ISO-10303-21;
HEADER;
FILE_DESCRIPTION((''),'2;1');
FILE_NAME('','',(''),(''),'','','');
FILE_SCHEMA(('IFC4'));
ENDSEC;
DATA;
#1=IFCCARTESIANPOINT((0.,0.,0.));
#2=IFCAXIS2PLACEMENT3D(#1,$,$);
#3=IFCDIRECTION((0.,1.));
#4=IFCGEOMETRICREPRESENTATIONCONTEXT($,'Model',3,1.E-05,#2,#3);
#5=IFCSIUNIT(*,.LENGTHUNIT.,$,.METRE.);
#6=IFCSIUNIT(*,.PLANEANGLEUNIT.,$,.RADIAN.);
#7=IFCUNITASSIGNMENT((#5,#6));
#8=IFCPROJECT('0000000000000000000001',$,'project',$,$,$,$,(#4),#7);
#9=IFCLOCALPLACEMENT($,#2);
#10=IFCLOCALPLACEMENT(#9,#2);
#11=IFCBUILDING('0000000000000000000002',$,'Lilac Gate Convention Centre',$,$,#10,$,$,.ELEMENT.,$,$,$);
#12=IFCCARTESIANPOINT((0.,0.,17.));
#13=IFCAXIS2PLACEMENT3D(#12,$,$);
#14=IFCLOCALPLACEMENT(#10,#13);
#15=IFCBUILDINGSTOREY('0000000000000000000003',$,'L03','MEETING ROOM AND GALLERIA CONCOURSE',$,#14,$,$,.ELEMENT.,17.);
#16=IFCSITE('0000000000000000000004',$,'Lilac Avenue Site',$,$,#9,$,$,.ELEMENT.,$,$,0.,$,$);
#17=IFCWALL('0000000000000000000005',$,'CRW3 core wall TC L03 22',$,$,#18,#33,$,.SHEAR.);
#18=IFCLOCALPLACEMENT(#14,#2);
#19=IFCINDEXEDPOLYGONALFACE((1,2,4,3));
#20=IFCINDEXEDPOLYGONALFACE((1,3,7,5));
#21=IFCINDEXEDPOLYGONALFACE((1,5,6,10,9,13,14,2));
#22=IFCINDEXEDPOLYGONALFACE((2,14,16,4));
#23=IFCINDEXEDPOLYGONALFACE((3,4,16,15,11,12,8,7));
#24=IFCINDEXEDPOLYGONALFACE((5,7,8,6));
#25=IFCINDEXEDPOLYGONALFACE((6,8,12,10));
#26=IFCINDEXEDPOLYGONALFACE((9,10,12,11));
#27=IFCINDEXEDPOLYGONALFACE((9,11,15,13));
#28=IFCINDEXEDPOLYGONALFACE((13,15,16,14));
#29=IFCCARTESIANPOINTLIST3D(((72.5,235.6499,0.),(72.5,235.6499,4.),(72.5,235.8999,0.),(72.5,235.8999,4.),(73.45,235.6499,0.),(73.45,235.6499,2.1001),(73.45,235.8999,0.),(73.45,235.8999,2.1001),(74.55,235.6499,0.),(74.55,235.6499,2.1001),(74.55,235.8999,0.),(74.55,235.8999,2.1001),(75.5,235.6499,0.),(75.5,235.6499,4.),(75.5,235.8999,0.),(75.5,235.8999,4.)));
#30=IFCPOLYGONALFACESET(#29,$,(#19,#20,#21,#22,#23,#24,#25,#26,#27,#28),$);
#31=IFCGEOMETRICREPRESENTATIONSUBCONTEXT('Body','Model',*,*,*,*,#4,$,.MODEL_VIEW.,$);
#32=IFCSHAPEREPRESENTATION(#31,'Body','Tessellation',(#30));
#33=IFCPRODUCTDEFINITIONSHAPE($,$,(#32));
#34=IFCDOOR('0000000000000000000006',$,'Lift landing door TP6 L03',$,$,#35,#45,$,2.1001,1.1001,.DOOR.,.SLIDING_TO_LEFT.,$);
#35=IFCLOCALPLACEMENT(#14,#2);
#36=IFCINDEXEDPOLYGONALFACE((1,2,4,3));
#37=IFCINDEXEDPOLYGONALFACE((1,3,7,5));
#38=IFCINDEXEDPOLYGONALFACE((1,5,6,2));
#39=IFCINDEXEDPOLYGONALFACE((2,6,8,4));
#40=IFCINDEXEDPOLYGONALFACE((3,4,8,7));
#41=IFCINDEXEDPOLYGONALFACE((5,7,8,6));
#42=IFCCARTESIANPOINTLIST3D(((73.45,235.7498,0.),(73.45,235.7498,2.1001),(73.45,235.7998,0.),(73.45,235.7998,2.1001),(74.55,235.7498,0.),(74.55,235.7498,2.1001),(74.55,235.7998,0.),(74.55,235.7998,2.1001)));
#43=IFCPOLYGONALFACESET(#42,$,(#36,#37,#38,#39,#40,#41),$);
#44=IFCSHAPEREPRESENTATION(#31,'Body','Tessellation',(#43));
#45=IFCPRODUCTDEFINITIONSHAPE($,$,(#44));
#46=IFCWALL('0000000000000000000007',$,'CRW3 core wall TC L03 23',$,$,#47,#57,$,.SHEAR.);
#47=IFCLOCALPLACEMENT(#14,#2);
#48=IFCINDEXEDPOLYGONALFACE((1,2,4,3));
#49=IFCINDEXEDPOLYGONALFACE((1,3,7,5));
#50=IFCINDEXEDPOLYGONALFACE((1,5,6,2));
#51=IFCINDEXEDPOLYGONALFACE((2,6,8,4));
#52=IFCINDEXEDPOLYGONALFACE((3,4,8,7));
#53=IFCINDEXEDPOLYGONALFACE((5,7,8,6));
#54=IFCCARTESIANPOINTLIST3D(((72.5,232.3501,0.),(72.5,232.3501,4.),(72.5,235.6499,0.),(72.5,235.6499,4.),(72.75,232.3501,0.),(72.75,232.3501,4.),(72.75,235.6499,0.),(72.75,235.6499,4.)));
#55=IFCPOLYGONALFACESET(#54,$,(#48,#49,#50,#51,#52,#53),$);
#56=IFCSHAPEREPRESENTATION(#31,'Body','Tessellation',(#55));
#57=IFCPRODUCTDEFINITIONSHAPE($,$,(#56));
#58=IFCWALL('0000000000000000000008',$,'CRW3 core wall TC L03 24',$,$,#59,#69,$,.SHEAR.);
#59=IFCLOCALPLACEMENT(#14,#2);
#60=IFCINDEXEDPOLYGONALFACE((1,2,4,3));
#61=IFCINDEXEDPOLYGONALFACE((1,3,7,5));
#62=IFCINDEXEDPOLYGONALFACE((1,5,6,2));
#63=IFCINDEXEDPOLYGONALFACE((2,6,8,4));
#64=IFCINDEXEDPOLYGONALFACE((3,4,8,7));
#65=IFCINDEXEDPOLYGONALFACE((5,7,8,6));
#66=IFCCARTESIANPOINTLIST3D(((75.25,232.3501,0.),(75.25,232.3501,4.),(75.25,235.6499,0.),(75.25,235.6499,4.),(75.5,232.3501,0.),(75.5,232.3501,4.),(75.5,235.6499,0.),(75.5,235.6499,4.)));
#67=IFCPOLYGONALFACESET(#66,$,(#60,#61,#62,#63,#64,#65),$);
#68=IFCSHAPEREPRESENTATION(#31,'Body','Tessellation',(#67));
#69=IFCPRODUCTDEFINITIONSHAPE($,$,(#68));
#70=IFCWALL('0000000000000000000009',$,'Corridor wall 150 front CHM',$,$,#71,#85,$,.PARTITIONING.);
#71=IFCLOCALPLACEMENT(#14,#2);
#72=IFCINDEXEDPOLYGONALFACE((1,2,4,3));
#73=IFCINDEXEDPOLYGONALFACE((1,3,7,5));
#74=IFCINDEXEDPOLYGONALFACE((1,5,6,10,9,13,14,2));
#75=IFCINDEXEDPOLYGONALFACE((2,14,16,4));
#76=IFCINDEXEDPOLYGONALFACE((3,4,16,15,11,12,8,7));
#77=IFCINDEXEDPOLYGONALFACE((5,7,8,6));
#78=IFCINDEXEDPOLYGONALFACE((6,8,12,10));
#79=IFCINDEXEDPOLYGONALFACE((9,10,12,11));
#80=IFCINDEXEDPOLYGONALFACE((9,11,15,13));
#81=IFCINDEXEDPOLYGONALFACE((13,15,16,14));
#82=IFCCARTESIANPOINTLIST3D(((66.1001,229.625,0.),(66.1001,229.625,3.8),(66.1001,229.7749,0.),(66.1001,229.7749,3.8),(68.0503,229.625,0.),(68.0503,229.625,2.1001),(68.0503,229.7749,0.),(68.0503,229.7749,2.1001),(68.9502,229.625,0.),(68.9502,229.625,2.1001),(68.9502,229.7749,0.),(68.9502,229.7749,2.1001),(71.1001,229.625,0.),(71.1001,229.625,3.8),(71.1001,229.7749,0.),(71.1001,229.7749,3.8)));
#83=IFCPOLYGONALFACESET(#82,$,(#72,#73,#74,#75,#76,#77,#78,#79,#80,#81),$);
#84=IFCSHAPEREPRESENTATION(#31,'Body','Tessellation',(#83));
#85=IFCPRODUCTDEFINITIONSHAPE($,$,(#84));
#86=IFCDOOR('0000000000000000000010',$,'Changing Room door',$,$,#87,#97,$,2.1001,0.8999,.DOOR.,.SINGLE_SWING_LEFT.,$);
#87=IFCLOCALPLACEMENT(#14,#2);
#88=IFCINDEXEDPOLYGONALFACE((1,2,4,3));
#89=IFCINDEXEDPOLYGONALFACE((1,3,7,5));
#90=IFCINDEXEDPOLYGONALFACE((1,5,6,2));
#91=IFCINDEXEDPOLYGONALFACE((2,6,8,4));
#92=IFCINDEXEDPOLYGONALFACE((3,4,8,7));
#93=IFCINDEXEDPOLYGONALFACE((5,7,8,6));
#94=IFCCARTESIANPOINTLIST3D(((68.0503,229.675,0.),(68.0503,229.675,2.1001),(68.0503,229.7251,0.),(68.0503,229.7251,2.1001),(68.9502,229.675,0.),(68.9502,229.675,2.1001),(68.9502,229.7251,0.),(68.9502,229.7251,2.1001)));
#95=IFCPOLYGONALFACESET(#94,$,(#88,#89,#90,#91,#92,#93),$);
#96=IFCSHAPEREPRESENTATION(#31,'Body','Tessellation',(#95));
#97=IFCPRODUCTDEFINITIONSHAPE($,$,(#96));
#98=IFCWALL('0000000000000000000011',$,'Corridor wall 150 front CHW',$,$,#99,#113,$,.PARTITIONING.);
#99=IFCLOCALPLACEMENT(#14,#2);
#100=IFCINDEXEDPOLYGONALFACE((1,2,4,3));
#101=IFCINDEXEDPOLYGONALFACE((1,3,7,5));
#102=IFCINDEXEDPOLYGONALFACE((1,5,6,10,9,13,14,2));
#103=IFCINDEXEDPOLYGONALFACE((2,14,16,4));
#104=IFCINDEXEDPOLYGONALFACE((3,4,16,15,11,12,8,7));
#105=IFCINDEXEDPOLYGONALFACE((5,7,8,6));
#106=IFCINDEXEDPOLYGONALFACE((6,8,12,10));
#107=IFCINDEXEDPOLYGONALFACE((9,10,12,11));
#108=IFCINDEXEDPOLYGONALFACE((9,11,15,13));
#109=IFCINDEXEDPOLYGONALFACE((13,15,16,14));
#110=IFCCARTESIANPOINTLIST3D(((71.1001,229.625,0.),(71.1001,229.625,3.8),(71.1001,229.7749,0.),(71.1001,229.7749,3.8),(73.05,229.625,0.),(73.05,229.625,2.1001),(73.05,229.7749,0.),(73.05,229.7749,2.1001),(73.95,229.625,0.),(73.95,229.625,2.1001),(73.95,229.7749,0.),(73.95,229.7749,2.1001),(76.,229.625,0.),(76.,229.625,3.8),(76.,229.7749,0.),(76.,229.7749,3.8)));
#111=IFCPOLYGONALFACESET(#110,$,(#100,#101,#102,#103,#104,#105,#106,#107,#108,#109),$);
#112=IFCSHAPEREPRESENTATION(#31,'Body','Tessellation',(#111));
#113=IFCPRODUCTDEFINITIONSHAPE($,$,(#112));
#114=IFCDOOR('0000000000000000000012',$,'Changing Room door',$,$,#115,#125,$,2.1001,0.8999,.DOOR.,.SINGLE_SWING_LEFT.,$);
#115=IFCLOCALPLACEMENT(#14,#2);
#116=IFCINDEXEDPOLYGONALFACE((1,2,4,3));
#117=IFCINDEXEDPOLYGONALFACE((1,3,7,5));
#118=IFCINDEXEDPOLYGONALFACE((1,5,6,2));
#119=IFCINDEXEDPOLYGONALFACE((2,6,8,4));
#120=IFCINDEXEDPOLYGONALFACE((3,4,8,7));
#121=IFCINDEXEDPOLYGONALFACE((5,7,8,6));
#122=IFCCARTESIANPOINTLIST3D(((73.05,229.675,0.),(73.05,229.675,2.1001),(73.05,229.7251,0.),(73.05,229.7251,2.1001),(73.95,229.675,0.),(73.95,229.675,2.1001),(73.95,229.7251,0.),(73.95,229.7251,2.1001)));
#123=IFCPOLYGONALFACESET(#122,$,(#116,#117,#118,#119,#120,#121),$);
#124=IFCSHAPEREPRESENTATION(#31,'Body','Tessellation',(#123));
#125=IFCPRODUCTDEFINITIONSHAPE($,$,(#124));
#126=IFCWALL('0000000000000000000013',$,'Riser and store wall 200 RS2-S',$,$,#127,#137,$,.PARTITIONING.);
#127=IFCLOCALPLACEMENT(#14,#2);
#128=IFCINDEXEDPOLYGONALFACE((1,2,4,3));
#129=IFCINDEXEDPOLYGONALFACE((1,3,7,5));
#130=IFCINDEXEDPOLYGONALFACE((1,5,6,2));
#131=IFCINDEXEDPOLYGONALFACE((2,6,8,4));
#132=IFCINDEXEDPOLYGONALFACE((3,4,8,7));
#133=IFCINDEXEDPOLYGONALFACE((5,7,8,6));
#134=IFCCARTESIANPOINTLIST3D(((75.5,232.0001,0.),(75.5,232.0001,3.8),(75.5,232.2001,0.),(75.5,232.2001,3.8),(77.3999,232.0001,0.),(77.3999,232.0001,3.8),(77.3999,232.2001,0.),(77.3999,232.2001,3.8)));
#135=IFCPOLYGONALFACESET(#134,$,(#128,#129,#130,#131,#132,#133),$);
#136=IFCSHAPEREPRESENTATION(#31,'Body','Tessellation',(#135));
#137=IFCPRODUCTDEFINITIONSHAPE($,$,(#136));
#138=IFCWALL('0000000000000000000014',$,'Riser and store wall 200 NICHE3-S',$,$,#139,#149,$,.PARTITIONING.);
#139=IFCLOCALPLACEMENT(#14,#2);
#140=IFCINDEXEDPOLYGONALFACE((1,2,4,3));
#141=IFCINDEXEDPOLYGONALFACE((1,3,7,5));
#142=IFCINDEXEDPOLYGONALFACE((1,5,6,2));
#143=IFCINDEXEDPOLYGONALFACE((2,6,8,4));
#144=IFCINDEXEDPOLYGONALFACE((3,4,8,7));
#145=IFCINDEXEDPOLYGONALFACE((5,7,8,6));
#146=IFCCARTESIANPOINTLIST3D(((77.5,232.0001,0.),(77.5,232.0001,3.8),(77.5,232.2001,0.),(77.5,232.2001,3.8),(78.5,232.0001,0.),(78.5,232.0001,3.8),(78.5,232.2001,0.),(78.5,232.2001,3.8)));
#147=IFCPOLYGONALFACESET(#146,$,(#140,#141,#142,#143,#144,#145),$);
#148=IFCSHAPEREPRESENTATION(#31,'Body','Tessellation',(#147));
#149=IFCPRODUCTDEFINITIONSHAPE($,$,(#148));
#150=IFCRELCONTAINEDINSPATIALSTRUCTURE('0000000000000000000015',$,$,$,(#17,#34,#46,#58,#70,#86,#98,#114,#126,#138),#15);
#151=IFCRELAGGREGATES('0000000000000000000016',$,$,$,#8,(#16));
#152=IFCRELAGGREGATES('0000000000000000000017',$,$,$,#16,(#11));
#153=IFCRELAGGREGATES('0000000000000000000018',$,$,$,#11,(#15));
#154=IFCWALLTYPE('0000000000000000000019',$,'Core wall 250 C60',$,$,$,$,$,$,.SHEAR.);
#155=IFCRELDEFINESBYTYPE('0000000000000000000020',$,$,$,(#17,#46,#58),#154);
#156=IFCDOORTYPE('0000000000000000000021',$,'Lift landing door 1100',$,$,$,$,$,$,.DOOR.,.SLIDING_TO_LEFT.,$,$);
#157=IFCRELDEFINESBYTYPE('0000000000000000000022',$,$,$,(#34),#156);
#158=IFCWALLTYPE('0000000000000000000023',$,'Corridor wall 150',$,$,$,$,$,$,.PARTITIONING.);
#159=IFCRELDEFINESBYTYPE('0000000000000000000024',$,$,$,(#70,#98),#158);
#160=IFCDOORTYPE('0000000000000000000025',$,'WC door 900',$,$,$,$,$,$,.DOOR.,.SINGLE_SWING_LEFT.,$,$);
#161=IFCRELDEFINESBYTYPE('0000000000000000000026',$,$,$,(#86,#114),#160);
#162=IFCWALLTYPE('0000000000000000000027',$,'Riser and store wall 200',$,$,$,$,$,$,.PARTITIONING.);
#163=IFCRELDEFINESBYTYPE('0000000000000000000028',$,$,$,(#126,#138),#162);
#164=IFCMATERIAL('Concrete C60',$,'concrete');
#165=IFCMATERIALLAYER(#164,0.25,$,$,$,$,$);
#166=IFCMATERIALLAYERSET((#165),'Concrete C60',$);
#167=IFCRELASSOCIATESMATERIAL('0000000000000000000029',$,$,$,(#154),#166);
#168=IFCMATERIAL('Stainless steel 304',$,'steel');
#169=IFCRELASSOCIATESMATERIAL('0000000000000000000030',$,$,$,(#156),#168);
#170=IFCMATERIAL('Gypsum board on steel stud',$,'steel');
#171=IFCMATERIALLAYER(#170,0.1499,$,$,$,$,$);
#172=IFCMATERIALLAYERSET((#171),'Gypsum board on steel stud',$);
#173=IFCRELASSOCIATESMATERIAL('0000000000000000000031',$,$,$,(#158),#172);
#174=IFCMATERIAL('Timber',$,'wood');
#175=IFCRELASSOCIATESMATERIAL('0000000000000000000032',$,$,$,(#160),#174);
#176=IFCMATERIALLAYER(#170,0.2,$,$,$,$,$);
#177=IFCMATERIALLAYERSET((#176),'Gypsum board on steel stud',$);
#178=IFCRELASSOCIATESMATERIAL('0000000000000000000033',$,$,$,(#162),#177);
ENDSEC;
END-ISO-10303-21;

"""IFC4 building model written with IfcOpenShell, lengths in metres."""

from ifc_helpers import new_model, si_unit, direction, frame, frame_2d, origin, place, context, subcontext, project, spatial, rectangle, extrude, material, layer, layer_set, type_object, element, fill, save


model = new_model("IFC4")

# Units and contexts
model_context = context("Model", 3, precision=1e-05, world=origin(), true_north=direction((0.0, 1.0)))
body_context = subcontext(model_context, "Body", "Model", "MODEL_VIEW")
ifc_project = project(units=[si_unit("LENGTHUNIT", "METRE"), si_unit("PLANEANGLEUNIT", "RADIAN")], contexts=[model_context])

# Site, building, storey
site_placement = place(None, origin())
site = spatial("IfcSite", under=ifc_project, at=site_placement, Name="Lilac Avenue Site", CompositionType="ELEMENT", RefElevation=0.0)
building_placement = place(site_placement, origin())
building = spatial("IfcBuilding", under=site, at=building_placement, Name="Lilac Gate Convention Centre", CompositionType="ELEMENT")
storey_placement = place(building_placement, frame((0.0, 0.0, 17.0)))
storey = spatial("IfcBuildingStorey", under=building, at=storey_placement, Name="L03", Description="MEETING ROOM AND GALLERIA CONCOURSE", CompositionType="ELEMENT", Elevation=17.0)

# Shared definitions
ifc_material_1 = material(Name="Concrete C60", Category="concrete")
ifc_layer_1 = layer(ifc_material_1, 0.25)
ifc_layer_set_1 = layer_set([ifc_layer_1], Name="Concrete C60")
wall_type_1 = type_object("IfcWallType", Name="Core wall 250 C60", PredefinedType="SHEAR", material=ifc_layer_set_1)

# Shared definitions
ifc_material_2 = material(Name="Stainless steel 304", Category="steel")
door_type_1 = type_object("IfcDoorType", Name="Lift landing door 1100", OperationType="SLIDING_TO_LEFT", PredefinedType="DOOR", material=ifc_material_2)

# Wall, opening, door
wall_1_placement = place(storey_placement, frame((72.5, 235.7749, 0.0), z_axis=(0.0, 0.0, 1.0), x_axis=(1.0, 0.0, 0.0)))
wall_1 = element("IfcWall", 1, at=wall_1_placement, inside=storey, type_object=wall_type_1, Name="CRW3 core wall TC L03 22", PredefinedType="SHEAR", context=body_context, shape_type="SweptSolid", body=[
    extrude(rectangle(XDim=3.0, YDim=0.25, at=frame_2d((1.5, 0.0))), origin(), (0.0, 0.0, 1.0), 4.0),
])
opening_1_placement = place(wall_1_placement, frame((0.95, 0.0, 0.0)))
opening_1 = element("IfcOpeningElement", 2, at=opening_1_placement, cuts=wall_1, PredefinedType="OPENING", context=body_context, shape_type="SweptSolid", body=[
    extrude(rectangle(XDim=1.1001, YDim=2.1001, at=frame_2d((0.55, 1.05))), frame((0.0, 0.135, 0.0), z_axis=(0.0, -1.0, 0.0), x_axis=(1.0, 0.0, 0.0)), (0.0, 0.0, 1.0), 0.27),
])
door_1_placement = place(opening_1_placement, origin())
door_1 = element("IfcDoor", 3, at=door_1_placement, inside=storey, type_object=door_type_1, Name="Lift landing door TP6 L03", OperationType="SLIDING_TO_LEFT", OverallHeight=2.1001, OverallWidth=1.1001, PredefinedType="DOOR", context=body_context, shape_type="SweptSolid", body=[
    extrude(rectangle(XDim=1.1001, YDim=2.1001, at=frame_2d((0.55, 1.05))), frame((0.0, 0.0249, 0.0), z_axis=(0.0, -1.0, 0.0), x_axis=(1.0, 0.0, 0.0)), (0.0, 0.0, 1.0), 0.05),
])
fill(opening_1, door_1)

# Walls
for number, where, z_axis, x_axis, name in (
    (4, (72.625, 232.3501, 0.0), (0.0, 0.0, 1.0), (0.0, 1.0, 0.0), "CRW3 core wall TC L03 23"),
    (5, (75.375, 232.3501, 0.0), (0.0, 0.0, 1.0), (0.0, 1.0, 0.0), "CRW3 core wall TC L03 24"),
):
    element("IfcWall", number, at=place(storey_placement, frame(where, z_axis=z_axis, x_axis=x_axis)), inside=storey, type_object=wall_type_1, Name=name, PredefinedType="SHEAR", context=body_context, shape_type="SweptSolid", body=[
        extrude(rectangle(XDim=3.2998, YDim=0.25, at=frame_2d((1.6499, 0.0))), origin(), (0.0, 0.0, 1.0), 4.0),
    ])

# Walls, openings, doors
ifc_material_3 = material(Name="Gypsum board on steel stud", Category="steel")
ifc_layer_2 = layer(ifc_material_3, 0.1499)
ifc_layer_set_2 = layer_set([ifc_layer_2], Name="Gypsum board on steel stud")
wall_type_2 = type_object("IfcWallType", Name="Corridor wall 150", PredefinedType="PARTITIONING", material=ifc_layer_set_2)
wall_2_placement = place(storey_placement, frame((71.1001, 229.7, 0.0), z_axis=(0.0, 0.0, 1.0), x_axis=(-1.0, 0.0, 0.0)))
wall_2 = element("IfcWall", 6, at=wall_2_placement, inside=storey, type_object=wall_type_2, Name="Corridor wall 150 front CHM", PredefinedType="PARTITIONING", context=body_context, shape_type="SweptSolid", body=[
    extrude(rectangle(XDim=5.0, YDim=0.1499, at=frame_2d((2.5, 0.0))), origin(), (0.0, 0.0, 1.0), 3.8),
])
opening_2_placement = place(wall_2_placement, frame((2.1499, 0.0, 0.0)))
opening_2 = element("IfcOpeningElement", 7, at=opening_2_placement, cuts=wall_2, PredefinedType="OPENING", context=body_context, shape_type="SweptSolid", body=[
    extrude(rectangle(XDim=0.8999, YDim=2.1001, at=frame_2d((0.45, 1.05))), frame((0.0, 0.085, 0.0), z_axis=(0.0, -1.0, 0.0), x_axis=(1.0, 0.0, 0.0)), (0.0, 0.0, 1.0), 0.1699),
])
ifc_material_4 = material(Name="Timber", Category="wood")
door_type_2 = type_object("IfcDoorType", Name="WC door 900", OperationType="SINGLE_SWING_LEFT", PredefinedType="DOOR", material=ifc_material_4)
door_2_placement = place(opening_2_placement, origin())
door_2 = element("IfcDoor", 8, at=door_2_placement, inside=storey, type_object=door_type_2, Name="Changing Room door", OperationType="SINGLE_SWING_LEFT", OverallHeight=2.1001, OverallWidth=0.8999, PredefinedType="DOOR", context=body_context, shape_type="SweptSolid", body=[
    extrude(rectangle(XDim=0.8999, YDim=2.1001, at=frame_2d((0.45, 1.05))), frame((0.0, 0.0249, 0.0), z_axis=(0.0, -1.0, 0.0), x_axis=(1.0, 0.0, 0.0)), (0.0, 0.0, 1.0), 0.05),
])
fill(opening_2, door_2)
wall_3_placement = place(storey_placement, frame((76.0, 229.7, 0.0), z_axis=(0.0, 0.0, 1.0), x_axis=(-1.0, 0.0, 0.0)))
wall_3 = element("IfcWall", 9, at=wall_3_placement, inside=storey, type_object=wall_type_2, Name="Corridor wall 150 front CHW", PredefinedType="PARTITIONING", context=body_context, shape_type="SweptSolid", body=[
    extrude(rectangle(XDim=4.8999, YDim=0.1499, at=frame_2d((2.45, 0.0))), origin(), (0.0, 0.0, 1.0), 3.8),
])
opening_3_placement = place(wall_3_placement, frame((2.05, 0.0, 0.0)))
opening_3 = element("IfcOpeningElement", 10, at=opening_3_placement, cuts=wall_3, PredefinedType="OPENING", context=body_context, shape_type="SweptSolid", body=[
    extrude(rectangle(XDim=0.8999, YDim=2.1001, at=frame_2d((0.45, 1.05))), frame((0.0, 0.085, 0.0), z_axis=(0.0, -1.0, 0.0), x_axis=(1.0, 0.0, 0.0)), (0.0, 0.0, 1.0), 0.1699),
])
door_3_placement = place(opening_3_placement, origin())
door_3 = element("IfcDoor", 11, at=door_3_placement, inside=storey, type_object=door_type_2, Name="Changing Room door", OperationType="SINGLE_SWING_LEFT", OverallHeight=2.1001, OverallWidth=0.8999, PredefinedType="DOOR", context=body_context, shape_type="SweptSolid", body=[
    extrude(rectangle(XDim=0.8999, YDim=2.1001, at=frame_2d((0.45, 1.05))), frame((0.0, 0.0249, 0.0), z_axis=(0.0, -1.0, 0.0), x_axis=(1.0, 0.0, 0.0)), (0.0, 0.0, 1.0), 0.05),
])
fill(opening_3, door_3)

# Walls
ifc_layer_3 = layer(ifc_material_3, 0.2)
ifc_layer_set_3 = layer_set([ifc_layer_3], Name="Gypsum board on steel stud")
wall_type_3 = type_object("IfcWallType", Name="Riser and store wall 200", PredefinedType="PARTITIONING", material=ifc_layer_set_3)
wall_4_placement = place(storey_placement, frame((75.5, 232.1001, 0.0), z_axis=(0.0, 0.0, 1.0), x_axis=(1.0, 0.0, 0.0)))
element("IfcWall", 12, at=wall_4_placement, inside=storey, type_object=wall_type_3, Name="Riser and store wall 200 RS2-S", PredefinedType="PARTITIONING", context=body_context, shape_type="SweptSolid", body=[
    extrude(rectangle(XDim=1.8999, YDim=0.2, at=frame_2d((0.95, 0.0))), origin(), (0.0, 0.0, 1.0), 3.8),
])
wall_5_placement = place(storey_placement, frame((77.5, 232.1001, 0.0), z_axis=(0.0, 0.0, 1.0), x_axis=(1.0, 0.0, 0.0)))
element("IfcWall", 13, at=wall_5_placement, inside=storey, type_object=wall_type_3, Name="Riser and store wall 200 NICHE3-S", PredefinedType="PARTITIONING", context=body_context, shape_type="SweptSolid", body=[
    extrude(rectangle(XDim=1.0, YDim=0.2, at=frame_2d((0.5, 0.0))), origin(), (0.0, 0.0, 1.0), 3.8),
])

save(model, "model.ifc")
